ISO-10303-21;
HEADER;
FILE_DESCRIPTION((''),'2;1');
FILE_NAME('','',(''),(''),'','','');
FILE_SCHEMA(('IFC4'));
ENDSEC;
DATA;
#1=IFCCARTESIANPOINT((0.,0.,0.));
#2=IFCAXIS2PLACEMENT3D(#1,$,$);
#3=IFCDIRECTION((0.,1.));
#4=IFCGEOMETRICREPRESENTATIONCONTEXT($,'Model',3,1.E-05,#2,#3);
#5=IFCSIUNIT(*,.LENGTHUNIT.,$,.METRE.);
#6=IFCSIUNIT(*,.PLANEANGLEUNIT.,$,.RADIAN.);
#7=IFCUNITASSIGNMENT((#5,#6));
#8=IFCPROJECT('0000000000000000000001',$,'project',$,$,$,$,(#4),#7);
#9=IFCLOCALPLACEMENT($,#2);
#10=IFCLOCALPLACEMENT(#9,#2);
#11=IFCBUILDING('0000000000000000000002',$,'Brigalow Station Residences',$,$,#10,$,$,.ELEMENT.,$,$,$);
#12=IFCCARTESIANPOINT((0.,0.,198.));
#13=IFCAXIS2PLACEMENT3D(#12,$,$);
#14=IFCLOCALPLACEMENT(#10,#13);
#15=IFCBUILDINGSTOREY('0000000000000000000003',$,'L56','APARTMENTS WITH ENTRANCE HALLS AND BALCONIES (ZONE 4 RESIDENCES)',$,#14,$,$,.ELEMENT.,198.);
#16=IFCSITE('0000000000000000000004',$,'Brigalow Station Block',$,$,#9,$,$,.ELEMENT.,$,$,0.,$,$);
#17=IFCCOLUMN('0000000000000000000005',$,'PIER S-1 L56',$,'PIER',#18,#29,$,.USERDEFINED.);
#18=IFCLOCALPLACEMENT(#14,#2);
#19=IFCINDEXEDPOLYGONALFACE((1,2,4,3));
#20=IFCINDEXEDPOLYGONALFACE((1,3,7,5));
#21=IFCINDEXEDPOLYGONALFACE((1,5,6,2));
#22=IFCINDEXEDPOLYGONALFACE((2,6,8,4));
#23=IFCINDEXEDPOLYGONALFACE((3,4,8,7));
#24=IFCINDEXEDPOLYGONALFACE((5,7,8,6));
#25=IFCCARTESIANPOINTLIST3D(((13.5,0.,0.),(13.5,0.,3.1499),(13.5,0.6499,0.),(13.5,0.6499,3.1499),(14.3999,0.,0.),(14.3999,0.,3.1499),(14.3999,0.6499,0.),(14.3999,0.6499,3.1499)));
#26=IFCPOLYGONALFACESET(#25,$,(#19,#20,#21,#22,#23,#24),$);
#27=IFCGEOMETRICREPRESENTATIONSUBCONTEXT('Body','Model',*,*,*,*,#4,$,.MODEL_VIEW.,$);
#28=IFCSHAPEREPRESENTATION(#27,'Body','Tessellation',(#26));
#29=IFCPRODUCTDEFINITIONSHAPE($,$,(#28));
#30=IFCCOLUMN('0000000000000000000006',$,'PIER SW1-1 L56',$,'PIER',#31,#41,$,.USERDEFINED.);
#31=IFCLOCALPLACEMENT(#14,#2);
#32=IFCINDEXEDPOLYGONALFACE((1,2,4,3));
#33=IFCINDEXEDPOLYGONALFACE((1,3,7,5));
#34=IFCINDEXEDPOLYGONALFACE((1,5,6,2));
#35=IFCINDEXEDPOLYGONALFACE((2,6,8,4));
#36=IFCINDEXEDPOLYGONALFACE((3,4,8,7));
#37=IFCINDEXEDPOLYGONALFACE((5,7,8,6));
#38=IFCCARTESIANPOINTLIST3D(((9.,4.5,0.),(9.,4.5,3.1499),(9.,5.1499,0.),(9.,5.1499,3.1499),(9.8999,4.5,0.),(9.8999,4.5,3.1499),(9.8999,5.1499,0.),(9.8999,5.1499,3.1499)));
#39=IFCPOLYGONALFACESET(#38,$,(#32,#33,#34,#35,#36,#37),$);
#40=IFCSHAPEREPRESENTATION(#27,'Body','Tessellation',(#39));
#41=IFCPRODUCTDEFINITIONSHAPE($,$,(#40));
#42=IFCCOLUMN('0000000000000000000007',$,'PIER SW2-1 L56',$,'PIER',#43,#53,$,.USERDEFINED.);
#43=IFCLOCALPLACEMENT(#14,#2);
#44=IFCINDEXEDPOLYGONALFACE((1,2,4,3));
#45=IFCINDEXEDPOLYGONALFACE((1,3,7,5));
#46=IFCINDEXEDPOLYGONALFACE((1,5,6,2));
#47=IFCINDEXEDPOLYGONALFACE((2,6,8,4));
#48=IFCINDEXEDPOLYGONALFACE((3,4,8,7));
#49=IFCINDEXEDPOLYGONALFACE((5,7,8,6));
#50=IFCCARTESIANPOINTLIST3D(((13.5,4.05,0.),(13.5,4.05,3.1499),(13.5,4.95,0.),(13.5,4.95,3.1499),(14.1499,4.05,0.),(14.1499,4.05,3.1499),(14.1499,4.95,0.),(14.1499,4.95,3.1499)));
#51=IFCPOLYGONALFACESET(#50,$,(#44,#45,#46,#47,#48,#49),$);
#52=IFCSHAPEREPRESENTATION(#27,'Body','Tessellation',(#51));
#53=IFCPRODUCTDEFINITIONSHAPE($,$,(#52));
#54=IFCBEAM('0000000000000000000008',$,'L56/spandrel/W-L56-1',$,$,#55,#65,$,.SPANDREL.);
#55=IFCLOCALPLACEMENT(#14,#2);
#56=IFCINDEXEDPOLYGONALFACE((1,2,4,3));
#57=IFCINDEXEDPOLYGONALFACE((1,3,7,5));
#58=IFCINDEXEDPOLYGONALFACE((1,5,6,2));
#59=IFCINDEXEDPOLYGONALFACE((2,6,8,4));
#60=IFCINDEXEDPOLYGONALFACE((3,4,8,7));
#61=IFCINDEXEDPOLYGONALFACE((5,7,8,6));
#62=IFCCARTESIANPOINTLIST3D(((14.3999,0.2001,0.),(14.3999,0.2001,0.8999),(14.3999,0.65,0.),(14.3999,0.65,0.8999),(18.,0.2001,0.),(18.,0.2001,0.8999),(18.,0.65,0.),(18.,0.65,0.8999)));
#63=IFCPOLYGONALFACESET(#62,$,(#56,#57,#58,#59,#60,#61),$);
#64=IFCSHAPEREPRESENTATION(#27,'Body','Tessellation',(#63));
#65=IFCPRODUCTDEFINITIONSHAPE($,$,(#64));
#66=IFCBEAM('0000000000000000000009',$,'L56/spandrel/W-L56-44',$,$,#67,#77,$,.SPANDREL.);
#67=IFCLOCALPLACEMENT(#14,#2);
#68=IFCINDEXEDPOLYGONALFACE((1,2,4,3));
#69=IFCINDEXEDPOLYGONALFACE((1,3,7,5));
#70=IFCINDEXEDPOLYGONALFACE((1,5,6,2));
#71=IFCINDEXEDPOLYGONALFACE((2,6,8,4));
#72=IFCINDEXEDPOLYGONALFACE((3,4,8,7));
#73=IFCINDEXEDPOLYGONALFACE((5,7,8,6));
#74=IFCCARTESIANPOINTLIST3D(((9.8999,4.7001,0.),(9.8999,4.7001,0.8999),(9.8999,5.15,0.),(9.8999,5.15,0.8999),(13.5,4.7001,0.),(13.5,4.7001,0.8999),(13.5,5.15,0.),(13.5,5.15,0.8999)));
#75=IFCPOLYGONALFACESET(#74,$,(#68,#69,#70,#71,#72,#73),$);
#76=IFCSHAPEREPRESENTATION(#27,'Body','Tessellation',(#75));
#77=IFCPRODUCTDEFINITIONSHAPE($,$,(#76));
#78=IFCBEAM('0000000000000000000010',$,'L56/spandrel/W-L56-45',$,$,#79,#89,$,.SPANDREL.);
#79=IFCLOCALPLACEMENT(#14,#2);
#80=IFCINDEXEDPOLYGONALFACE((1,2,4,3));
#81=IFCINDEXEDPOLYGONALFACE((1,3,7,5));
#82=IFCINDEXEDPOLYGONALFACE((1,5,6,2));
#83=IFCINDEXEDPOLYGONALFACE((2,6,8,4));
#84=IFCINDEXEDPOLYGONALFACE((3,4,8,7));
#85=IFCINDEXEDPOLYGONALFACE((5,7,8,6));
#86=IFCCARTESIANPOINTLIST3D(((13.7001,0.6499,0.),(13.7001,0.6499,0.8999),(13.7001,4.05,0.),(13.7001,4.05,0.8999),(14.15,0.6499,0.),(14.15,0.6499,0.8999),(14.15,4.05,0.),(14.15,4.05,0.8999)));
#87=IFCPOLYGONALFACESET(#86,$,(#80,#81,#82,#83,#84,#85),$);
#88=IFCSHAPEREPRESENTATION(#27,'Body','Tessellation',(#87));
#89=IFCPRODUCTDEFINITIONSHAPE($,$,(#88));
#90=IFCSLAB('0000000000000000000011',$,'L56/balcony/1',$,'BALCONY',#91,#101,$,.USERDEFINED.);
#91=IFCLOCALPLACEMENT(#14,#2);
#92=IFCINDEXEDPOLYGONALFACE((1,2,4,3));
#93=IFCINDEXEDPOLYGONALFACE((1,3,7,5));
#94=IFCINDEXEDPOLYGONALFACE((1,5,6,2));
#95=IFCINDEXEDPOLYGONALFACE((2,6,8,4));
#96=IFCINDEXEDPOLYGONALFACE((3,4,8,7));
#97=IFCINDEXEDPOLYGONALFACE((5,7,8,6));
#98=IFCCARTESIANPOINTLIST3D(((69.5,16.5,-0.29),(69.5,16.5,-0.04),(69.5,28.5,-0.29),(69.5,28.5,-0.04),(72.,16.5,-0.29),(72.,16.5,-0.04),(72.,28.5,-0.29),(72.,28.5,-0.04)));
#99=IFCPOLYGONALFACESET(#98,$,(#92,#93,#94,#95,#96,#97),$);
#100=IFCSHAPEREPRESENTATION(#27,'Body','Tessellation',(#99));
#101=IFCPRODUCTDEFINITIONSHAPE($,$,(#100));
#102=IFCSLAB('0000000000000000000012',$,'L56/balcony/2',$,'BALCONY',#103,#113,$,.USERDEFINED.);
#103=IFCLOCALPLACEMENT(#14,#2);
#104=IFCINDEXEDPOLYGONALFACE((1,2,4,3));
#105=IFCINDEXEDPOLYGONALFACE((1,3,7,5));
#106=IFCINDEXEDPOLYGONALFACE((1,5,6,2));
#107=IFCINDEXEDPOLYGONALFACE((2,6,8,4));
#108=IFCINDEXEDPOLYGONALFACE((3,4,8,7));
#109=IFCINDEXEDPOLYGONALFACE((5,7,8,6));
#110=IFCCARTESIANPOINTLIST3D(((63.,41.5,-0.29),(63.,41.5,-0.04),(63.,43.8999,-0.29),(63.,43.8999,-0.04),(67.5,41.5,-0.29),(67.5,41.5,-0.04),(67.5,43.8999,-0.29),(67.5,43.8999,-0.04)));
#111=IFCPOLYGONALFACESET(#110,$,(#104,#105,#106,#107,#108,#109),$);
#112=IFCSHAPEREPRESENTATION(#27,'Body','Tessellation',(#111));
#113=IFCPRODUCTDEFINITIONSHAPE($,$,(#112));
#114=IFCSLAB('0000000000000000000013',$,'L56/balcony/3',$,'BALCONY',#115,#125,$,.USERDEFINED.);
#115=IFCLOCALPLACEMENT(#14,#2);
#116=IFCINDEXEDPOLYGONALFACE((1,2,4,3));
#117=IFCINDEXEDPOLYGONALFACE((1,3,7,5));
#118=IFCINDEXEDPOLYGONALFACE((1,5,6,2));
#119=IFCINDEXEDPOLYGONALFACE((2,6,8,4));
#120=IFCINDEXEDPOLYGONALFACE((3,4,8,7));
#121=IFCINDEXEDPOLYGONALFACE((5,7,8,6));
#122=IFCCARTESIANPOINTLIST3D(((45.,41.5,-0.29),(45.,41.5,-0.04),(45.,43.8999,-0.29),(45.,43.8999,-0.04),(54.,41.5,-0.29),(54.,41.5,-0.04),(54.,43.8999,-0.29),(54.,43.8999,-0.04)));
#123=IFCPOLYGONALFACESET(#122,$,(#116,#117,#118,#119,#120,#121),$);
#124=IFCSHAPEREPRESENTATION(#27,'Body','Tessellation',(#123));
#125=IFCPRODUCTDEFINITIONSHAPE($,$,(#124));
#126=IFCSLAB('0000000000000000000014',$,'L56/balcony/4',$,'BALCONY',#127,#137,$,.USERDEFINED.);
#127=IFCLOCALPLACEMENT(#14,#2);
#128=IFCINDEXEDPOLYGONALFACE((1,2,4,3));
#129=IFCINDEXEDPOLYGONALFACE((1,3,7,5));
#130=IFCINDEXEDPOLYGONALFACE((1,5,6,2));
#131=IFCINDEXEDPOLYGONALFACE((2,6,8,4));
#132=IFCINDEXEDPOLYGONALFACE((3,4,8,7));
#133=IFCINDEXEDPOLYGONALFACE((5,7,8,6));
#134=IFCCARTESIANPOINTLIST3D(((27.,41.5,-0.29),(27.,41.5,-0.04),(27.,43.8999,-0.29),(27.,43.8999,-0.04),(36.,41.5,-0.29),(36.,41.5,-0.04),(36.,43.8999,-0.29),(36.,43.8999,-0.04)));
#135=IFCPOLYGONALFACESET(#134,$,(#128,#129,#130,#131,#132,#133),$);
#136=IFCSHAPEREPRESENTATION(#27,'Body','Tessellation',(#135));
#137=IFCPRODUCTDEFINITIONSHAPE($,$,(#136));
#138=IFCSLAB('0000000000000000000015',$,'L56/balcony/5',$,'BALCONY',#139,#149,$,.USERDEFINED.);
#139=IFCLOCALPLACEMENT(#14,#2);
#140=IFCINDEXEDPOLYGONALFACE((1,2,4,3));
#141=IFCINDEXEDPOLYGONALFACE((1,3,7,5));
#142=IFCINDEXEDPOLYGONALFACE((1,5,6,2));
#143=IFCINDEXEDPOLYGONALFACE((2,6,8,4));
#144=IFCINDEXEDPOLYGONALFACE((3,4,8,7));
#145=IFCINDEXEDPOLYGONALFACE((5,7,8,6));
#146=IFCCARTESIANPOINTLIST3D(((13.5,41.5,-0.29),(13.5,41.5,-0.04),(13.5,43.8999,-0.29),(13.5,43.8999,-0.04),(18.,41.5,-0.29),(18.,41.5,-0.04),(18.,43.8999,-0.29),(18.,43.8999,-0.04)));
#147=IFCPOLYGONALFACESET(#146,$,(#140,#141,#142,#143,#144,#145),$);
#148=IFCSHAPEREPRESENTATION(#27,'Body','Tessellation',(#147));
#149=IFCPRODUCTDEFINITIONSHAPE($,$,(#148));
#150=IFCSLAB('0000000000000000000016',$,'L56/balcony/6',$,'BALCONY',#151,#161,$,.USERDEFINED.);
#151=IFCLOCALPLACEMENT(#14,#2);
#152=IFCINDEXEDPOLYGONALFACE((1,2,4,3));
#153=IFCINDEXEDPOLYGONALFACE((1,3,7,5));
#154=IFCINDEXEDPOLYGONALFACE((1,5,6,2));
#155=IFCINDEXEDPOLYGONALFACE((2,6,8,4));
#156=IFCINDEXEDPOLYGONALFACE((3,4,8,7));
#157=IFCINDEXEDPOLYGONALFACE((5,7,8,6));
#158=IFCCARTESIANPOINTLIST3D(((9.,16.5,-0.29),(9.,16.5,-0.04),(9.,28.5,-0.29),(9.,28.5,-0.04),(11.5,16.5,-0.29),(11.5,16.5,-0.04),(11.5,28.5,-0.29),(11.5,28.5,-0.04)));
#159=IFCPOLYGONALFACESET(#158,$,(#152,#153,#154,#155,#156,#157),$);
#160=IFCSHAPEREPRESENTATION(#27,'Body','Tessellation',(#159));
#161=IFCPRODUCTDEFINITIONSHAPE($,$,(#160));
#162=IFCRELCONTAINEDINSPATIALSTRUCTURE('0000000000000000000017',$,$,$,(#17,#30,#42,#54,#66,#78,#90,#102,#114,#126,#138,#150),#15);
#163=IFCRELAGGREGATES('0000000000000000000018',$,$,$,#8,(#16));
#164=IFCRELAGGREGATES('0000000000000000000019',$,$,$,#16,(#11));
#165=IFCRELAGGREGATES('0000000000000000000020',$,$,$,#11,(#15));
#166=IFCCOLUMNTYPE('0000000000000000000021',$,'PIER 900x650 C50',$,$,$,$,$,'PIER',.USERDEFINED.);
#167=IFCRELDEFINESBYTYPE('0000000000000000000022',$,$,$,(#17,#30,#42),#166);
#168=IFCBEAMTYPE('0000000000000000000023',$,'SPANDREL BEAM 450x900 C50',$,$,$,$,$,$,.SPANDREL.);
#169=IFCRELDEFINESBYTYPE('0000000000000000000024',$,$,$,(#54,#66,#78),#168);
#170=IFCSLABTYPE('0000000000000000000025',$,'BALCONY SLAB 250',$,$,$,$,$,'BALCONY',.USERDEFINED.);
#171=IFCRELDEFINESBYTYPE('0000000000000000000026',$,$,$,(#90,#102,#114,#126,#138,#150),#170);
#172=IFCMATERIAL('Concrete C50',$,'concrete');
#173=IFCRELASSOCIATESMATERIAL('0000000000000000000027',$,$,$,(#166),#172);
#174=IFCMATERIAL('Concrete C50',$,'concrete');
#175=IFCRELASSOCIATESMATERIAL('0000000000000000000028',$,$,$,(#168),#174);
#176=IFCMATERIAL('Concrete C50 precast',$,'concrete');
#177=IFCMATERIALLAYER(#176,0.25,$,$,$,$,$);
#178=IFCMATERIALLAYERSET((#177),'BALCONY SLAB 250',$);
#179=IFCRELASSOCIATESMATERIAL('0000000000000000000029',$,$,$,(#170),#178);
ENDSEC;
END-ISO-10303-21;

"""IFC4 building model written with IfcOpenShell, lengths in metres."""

from ifc_helpers import new_model, si_unit, direction, frame, origin, origin_2d, place, context, subcontext, project, spatial, polyline, rectangle, outline, extrude, material, layer, layer_set, material_profile, profile_set, type_object, element, save


model = new_model("IFC4")

# Units and contexts
model_context = context("Model", 3, precision=1e-05, world=origin(), true_north=direction((0.0, 1.0)))
body_context = subcontext(model_context, "Body", "Model", "MODEL_VIEW")
ifc_project = project(units=[si_unit("LENGTHUNIT", "METRE"), si_unit("PLANEANGLEUNIT", "RADIAN")], contexts=[model_context])

# Site, building, storey
site_placement = place(None, origin())
site = spatial("IfcSite", under=ifc_project, at=site_placement, Name="Brigalow Station Block", CompositionType="ELEMENT", RefElevation=0.0)
building_placement = place(site_placement, origin())
building = spatial("IfcBuilding", under=site, at=building_placement, Name="Brigalow Station Residences", CompositionType="ELEMENT")
storey_placement = place(building_placement, frame((0.0, 0.0, 198.0)))
storey = spatial("IfcBuildingStorey", under=building, at=storey_placement, Name="L56", Description="APARTMENTS WITH ENTRANCE HALLS AND BALCONIES (ZONE 4 RESIDENCES)", CompositionType="ELEMENT", Elevation=198.0)

# Columns
ifc_material_1 = material(Name="Concrete C50", Category="concrete")
ifc_material_profile_1 = material_profile(ifc_material_1, rectangle(XDim=0.8999, YDim=0.6499, at=origin_2d()), Name="RC900x650")
ifc_profile_set_1 = profile_set([ifc_material_profile_1], Name="Concrete C50")
column_type = type_object("IfcColumnType", Name="PIER 900x650 C50", ElementType="PIER", PredefinedType="USERDEFINED", material=ifc_profile_set_1)
for number, where, z_axis, x_axis, name in (
    (1, (13.95, 0.325, 0.0), (0.0, 0.0, 1.0), (1.0, 0.0, 0.0), "PIER S-1 L56"),
    (2, (9.45, 4.825, 0.0), (0.0, 0.0, 1.0), (1.0, 0.0, 0.0), "PIER SW1-1 L56"),
    (3, (13.825, 4.5, 0.0), (0.0, 0.0, 1.0), (0.0, -1.0, 0.0), "PIER SW2-1 L56"),
):
    element("IfcColumn", number, at=place(storey_placement, frame(where, z_axis=z_axis, x_axis=x_axis)), inside=storey, type_object=column_type, Name=name, ObjectType="PIER", PredefinedType="USERDEFINED", context=body_context, shape_type="SweptSolid", body=[
        extrude(rectangle(XDim=0.8999, YDim=0.6499, at=origin_2d()), origin(), (0.0, 0.0, 1.0), 3.1499),
    ])

# Beams
ifc_material_2 = material(Name="Concrete C50", Category="concrete")
ifc_material_profile_2 = material_profile(ifc_material_2, rectangle(XDim=0.45, YDim=0.8999, at=origin_2d()), Name="RC450x900")
ifc_profile_set_2 = profile_set([ifc_material_profile_2], Name="Concrete C50")
beam_type = type_object("IfcBeamType", Name="SPANDREL BEAM 450x900 C50", PredefinedType="SPANDREL", material=ifc_profile_set_2)
for number, where, z_axis, x_axis, name in (
    (4, (14.3999, 0.425, 0.45), (1.0, 0.0, 0.0), (0.0, 1.0, 0.0), "L56/spandrel/W-L56-1"),
    (5, (9.8999, 4.925, 0.45), (1.0, 0.0, 0.0), (0.0, 1.0, 0.0), "L56/spandrel/W-L56-44"),
):
    element("IfcBeam", number, at=place(storey_placement, frame(where, z_axis=z_axis, x_axis=x_axis)), inside=storey, type_object=beam_type, Name=name, PredefinedType="SPANDREL", context=body_context, shape_type="SweptSolid", body=[
        extrude(rectangle(XDim=0.45, YDim=0.8999, at=origin_2d()), origin(), (0.0, 0.0, 1.0), 3.6001),
    ])
beam_placement = place(storey_placement, frame((13.925, 4.05, 0.45), z_axis=(0.0, -1.0, 0.0), x_axis=(1.0, 0.0, 0.0)))
element("IfcBeam", 6, at=beam_placement, inside=storey, type_object=beam_type, Name="L56/spandrel/W-L56-45", PredefinedType="SPANDREL", context=body_context, shape_type="SweptSolid", body=[
    extrude(rectangle(XDim=0.45, YDim=0.8999, at=origin_2d()), origin(), (0.0, 0.0, 1.0), 3.4001),
])

# Slabs
ifc_material_3 = material(Name="Concrete C50 precast", Category="concrete")
ifc_layer_1 = layer(ifc_material_3, 0.25)
ifc_layer_set_1 = layer_set([ifc_layer_1], Name="BALCONY SLAB 250")
slab_type_1 = type_object("IfcSlabType", Name="BALCONY SLAB 250", ElementType="BALCONY", PredefinedType="USERDEFINED", material=ifc_layer_set_1)
slab_1_placement = place(storey_placement, frame((0.0, 0.0, -0.29)))
element("IfcSlab", 7, at=slab_1_placement, inside=storey, type_object=slab_type_1, Name="L56/balcony/1", ObjectType="BALCONY", PredefinedType="USERDEFINED", context=body_context, shape_type="SweptSolid", body=[
    extrude(outline(polyline([(69.5, 16.5), (72.0, 16.5), (72.0, 28.5), (69.5, 28.5), (69.5, 16.5)])), origin(), (0.0, 0.0, 1.0), 0.25),
])
slab_2_placement = place(storey_placement, frame((0.0, 0.0, -0.29)))
element("IfcSlab", 8, at=slab_2_placement, inside=storey, type_object=slab_type_1, Name="L56/balcony/2", ObjectType="BALCONY", PredefinedType="USERDEFINED", context=body_context, shape_type="SweptSolid", body=[
    extrude(outline(polyline([(67.5, 41.5), (67.5, 43.8999), (63.0, 43.8999), (63.0, 41.5), (67.5, 41.5)])), origin(), (0.0, 0.0, 1.0), 0.25),
])
slab_3_placement = place(storey_placement, frame((0.0, 0.0, -0.29)))
element("IfcSlab", 9, at=slab_3_placement, inside=storey, type_object=slab_type_1, Name="L56/balcony/3", ObjectType="BALCONY", PredefinedType="USERDEFINED", context=body_context, shape_type="SweptSolid", body=[
    extrude(outline(polyline([(54.0, 41.5), (54.0, 43.8999), (45.0, 43.8999), (45.0, 41.5), (54.0, 41.5)])), origin(), (0.0, 0.0, 1.0), 0.25),
])
slab_4_placement = place(storey_placement, frame((0.0, 0.0, -0.29)))
element("IfcSlab", 10, at=slab_4_placement, inside=storey, type_object=slab_type_1, Name="L56/balcony/4", ObjectType="BALCONY", PredefinedType="USERDEFINED", context=body_context, shape_type="SweptSolid", body=[
    extrude(outline(polyline([(36.0, 41.5), (36.0, 43.8999), (27.0, 43.8999), (27.0, 41.5), (36.0, 41.5)])), origin(), (0.0, 0.0, 1.0), 0.25),
])
slab_5_placement = place(storey_placement, frame((0.0, 0.0, -0.29)))
element("IfcSlab", 11, at=slab_5_placement, inside=storey, type_object=slab_type_1, Name="L56/balcony/5", ObjectType="BALCONY", PredefinedType="USERDEFINED", context=body_context, shape_type="SweptSolid", body=[
    extrude(outline(polyline([(18.0, 41.5), (18.0, 43.8999), (13.5, 43.8999), (13.5, 41.5), (18.0, 41.5)])), origin(), (0.0, 0.0, 1.0), 0.25),
])
slab_6_placement = place(storey_placement, frame((0.0, 0.0, -0.29)))
element("IfcSlab", 12, at=slab_6_placement, inside=storey, type_object=slab_type_1, Name="L56/balcony/6", ObjectType="BALCONY", PredefinedType="USERDEFINED", context=body_context, shape_type="SweptSolid", body=[
    extrude(outline(polyline([(11.5, 28.5), (9.0, 28.5), (9.0, 16.5), (11.5, 16.5), (11.5, 28.5)])), origin(), (0.0, 0.0, 1.0), 0.25),
])

save(model, "model.ifc")
